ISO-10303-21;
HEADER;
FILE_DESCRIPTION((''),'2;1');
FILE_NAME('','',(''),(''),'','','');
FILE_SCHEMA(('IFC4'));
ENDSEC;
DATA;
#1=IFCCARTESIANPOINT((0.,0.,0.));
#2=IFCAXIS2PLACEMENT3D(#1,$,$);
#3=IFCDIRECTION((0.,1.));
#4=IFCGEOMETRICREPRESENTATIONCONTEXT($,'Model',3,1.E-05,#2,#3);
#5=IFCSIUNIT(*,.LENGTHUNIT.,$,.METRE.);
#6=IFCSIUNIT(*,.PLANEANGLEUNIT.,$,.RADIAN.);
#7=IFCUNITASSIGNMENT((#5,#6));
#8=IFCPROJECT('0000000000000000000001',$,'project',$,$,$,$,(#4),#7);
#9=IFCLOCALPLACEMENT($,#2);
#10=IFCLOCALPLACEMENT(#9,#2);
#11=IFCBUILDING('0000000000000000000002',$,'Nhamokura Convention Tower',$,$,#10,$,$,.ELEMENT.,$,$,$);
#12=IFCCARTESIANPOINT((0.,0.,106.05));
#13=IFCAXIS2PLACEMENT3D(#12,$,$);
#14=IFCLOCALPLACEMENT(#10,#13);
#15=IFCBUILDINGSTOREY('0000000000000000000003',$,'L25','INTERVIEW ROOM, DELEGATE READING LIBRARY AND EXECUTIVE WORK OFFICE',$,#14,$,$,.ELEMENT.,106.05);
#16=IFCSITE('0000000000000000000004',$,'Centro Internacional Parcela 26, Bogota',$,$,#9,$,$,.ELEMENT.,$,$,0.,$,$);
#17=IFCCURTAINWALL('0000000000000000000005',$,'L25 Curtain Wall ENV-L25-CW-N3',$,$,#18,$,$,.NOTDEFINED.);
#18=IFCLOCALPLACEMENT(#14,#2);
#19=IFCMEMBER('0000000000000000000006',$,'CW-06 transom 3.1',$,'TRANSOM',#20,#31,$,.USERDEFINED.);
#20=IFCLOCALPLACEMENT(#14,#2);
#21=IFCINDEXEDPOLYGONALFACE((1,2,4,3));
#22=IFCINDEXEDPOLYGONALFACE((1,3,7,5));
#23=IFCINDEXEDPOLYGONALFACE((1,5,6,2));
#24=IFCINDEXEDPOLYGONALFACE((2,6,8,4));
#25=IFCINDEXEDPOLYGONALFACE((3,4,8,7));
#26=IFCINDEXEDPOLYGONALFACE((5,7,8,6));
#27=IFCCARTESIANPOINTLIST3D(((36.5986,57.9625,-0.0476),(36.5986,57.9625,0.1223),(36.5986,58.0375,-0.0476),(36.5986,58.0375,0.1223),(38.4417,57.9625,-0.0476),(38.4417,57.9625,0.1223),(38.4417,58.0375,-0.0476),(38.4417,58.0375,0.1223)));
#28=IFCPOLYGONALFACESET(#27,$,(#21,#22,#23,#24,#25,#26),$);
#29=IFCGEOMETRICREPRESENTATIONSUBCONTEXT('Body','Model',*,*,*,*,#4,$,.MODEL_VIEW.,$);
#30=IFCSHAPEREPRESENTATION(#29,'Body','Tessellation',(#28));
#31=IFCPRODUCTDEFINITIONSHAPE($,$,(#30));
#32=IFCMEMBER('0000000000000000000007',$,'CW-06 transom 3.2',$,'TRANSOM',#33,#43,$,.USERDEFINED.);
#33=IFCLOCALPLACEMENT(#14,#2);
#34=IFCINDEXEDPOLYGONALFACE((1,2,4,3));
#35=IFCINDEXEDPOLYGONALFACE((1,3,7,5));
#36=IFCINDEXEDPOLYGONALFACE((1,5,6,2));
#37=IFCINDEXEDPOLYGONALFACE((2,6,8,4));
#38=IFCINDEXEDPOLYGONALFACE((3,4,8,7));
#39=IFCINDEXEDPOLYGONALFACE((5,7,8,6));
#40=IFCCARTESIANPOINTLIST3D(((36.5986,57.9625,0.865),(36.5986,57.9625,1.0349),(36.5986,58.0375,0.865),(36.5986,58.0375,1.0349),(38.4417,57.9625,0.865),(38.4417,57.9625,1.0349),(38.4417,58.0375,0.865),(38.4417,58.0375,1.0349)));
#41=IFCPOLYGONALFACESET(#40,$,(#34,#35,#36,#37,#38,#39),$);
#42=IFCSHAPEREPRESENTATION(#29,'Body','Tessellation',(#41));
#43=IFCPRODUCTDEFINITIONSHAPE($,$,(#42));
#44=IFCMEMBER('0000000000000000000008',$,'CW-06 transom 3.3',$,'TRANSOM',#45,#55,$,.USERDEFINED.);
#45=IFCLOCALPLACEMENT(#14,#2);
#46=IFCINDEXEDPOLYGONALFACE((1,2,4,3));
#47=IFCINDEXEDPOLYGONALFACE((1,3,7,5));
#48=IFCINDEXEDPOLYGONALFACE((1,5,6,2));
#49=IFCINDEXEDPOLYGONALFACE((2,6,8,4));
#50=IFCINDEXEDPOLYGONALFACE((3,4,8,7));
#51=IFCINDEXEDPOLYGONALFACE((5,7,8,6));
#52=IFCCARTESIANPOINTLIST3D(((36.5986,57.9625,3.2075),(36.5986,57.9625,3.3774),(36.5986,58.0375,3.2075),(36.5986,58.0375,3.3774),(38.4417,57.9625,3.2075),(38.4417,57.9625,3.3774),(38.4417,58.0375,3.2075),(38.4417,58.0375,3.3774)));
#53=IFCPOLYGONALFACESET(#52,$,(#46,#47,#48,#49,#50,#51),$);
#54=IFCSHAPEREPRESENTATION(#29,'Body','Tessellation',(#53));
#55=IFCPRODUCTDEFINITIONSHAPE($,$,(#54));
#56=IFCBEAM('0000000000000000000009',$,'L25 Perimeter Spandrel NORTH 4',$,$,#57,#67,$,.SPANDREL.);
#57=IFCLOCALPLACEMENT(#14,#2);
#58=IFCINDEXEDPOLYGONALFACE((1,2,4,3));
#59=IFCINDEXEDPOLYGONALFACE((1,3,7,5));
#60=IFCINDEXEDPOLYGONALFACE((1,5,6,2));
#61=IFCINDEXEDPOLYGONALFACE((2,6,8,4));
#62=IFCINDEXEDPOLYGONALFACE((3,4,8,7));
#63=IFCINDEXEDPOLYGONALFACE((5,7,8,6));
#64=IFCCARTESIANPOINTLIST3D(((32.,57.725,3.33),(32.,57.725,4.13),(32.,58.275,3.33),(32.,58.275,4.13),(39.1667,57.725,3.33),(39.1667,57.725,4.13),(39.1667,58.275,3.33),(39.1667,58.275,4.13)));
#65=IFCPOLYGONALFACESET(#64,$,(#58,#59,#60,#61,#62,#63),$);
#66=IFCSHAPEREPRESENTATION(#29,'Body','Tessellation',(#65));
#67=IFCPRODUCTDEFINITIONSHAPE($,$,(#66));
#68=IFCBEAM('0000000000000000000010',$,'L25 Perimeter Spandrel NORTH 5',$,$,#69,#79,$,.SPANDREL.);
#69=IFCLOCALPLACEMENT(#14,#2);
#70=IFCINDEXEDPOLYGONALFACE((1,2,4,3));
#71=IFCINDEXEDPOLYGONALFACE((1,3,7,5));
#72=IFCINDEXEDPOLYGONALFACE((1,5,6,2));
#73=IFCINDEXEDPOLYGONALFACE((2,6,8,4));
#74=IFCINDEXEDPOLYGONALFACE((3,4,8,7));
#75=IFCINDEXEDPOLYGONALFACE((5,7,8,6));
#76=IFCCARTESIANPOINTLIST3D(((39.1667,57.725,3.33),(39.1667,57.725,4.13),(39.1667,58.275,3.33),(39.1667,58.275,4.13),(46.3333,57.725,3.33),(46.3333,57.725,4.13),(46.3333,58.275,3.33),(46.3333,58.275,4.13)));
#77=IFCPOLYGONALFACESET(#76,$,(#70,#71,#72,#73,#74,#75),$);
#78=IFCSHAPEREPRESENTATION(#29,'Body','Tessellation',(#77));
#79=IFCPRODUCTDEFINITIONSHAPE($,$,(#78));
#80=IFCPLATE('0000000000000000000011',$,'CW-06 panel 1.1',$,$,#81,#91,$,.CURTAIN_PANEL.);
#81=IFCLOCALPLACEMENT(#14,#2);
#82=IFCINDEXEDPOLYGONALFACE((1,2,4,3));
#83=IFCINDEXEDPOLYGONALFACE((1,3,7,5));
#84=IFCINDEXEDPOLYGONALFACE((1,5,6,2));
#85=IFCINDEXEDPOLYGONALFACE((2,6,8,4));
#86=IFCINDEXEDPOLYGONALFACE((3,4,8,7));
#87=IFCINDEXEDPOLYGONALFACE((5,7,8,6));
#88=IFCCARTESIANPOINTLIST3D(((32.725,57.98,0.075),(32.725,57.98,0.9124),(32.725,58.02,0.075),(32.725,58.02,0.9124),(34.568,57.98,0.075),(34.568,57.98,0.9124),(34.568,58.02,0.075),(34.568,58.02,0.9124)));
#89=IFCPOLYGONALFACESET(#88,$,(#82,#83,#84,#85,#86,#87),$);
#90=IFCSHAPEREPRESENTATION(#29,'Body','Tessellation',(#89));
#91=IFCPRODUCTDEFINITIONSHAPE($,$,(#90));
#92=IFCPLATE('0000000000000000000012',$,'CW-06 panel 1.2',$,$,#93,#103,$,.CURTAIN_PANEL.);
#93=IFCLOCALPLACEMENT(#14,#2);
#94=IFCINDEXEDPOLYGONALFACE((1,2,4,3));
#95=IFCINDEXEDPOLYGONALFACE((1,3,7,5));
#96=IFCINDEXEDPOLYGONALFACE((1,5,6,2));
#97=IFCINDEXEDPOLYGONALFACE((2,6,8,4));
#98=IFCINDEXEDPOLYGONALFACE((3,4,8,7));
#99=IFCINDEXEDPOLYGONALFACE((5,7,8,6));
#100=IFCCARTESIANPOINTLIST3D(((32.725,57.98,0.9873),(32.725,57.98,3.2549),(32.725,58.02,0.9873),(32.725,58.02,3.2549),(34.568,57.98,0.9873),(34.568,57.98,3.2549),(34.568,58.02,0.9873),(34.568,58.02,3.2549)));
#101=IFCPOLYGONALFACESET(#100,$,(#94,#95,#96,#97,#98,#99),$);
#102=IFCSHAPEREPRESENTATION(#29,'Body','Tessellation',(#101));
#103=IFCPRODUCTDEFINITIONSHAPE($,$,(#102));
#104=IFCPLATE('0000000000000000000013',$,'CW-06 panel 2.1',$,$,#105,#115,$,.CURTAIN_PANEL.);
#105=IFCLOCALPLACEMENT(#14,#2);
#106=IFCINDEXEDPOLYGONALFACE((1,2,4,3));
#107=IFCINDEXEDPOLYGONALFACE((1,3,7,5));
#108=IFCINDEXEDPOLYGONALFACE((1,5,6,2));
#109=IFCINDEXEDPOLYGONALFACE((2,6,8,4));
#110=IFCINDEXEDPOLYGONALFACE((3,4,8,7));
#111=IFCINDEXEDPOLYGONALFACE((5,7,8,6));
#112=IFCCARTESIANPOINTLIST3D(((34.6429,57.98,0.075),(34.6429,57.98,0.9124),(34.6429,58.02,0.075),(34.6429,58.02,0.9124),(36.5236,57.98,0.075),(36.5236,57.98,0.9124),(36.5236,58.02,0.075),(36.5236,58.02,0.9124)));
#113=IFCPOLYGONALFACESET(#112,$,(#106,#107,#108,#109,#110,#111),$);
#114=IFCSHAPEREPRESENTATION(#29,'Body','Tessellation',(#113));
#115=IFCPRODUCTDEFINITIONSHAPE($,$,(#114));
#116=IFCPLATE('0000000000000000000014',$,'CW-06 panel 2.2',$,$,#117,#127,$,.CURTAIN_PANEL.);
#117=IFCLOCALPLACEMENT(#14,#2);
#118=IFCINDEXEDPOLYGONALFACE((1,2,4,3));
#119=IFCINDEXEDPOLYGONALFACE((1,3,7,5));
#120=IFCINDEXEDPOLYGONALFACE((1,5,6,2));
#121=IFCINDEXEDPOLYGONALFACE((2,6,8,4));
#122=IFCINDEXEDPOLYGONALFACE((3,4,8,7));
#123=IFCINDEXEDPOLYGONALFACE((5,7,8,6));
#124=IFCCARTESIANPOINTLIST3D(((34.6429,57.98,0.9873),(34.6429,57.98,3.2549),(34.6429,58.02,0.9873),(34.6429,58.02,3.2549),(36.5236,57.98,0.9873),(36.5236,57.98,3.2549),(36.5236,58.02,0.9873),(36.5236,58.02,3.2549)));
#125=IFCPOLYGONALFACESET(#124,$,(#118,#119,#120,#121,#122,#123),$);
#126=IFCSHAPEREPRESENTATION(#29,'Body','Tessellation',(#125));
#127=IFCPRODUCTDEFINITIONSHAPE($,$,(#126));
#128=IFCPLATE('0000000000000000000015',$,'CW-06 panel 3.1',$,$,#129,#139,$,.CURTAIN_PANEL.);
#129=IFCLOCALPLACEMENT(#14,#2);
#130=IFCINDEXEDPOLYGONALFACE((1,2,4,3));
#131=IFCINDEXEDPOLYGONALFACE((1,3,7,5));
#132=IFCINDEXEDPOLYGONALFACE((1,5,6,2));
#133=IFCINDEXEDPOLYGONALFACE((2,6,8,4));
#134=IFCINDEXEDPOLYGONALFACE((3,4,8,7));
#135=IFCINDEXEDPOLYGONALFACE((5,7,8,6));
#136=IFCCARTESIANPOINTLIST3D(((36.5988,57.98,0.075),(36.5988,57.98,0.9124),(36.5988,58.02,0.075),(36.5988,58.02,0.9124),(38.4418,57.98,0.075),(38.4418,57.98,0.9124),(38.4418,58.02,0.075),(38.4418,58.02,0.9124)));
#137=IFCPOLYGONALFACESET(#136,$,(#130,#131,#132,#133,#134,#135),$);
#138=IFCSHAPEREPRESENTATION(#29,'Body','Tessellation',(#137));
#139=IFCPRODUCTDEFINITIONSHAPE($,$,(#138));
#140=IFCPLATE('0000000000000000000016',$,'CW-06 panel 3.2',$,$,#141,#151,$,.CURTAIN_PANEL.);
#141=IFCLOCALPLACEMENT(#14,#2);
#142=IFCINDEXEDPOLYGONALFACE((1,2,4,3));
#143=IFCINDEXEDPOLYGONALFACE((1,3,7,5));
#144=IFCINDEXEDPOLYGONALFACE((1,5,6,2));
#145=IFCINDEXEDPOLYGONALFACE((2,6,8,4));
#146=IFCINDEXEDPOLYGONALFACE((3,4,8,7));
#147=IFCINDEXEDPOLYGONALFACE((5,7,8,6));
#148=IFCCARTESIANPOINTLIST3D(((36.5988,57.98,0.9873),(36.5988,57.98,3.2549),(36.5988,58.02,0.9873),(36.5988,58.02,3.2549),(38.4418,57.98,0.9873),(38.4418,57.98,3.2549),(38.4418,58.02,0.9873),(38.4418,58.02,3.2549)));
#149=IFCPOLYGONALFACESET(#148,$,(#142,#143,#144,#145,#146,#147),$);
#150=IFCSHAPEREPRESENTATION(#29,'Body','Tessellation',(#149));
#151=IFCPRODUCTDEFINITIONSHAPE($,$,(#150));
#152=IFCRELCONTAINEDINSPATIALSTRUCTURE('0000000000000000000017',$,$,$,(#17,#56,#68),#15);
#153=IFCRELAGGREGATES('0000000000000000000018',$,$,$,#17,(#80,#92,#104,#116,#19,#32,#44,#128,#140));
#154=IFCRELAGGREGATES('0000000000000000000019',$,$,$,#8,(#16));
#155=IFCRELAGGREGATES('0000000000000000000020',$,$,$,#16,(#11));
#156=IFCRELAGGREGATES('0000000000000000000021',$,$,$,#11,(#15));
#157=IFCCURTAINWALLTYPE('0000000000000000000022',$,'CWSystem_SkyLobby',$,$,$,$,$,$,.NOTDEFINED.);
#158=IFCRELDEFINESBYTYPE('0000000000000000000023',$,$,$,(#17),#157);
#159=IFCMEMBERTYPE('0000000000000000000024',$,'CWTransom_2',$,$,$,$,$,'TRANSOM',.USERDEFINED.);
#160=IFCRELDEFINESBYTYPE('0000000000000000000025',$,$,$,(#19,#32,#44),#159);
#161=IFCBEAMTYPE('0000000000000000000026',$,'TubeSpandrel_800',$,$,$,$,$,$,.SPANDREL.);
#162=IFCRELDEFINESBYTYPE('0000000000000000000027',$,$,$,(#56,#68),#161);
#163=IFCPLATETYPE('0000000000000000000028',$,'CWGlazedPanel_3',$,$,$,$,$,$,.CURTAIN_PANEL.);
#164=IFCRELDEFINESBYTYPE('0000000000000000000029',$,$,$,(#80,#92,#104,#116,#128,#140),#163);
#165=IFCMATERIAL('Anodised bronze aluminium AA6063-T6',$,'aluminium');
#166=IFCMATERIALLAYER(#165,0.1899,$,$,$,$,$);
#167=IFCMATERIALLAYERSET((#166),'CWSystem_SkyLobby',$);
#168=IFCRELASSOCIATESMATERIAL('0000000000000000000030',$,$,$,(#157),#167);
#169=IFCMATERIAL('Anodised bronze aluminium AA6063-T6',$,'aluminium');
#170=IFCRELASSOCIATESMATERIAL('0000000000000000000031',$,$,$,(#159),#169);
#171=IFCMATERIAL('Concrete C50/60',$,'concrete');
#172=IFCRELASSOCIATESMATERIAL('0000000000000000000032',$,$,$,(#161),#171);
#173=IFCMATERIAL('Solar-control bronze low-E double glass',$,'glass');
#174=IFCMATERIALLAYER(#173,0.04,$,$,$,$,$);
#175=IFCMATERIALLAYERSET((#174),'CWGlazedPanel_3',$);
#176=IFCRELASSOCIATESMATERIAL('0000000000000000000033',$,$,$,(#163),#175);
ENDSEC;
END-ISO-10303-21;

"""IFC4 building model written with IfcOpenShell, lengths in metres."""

from ifc_helpers import new_model, si_unit, direction, frame, origin, origin_2d, place, context, subcontext, project, spatial, rectangle, extrude, material, layer, layer_set, material_profile, profile_set, type_object, element, aggregate, save


model = new_model("IFC4")

# Units and contexts
model_context = context("Model", 3, precision=1e-05, world=origin(), true_north=direction((0.0, 1.0)))
body_context = subcontext(model_context, "Body", "Model", "MODEL_VIEW")
ifc_project = project(units=[si_unit("LENGTHUNIT", "METRE"), si_unit("PLANEANGLEUNIT", "RADIAN")], contexts=[model_context])

# Site, building, storey
site_placement = place(None, origin())
site = spatial("IfcSite", under=ifc_project, at=site_placement, Name="Centro Internacional Parcela 26, Bogota", CompositionType="ELEMENT", RefElevation=0.0)
building_placement = place(site_placement, origin())
building = spatial("IfcBuilding", under=site, at=building_placement, Name="Nhamokura Convention Tower", CompositionType="ELEMENT")
storey_placement = place(building_placement, frame((0.0, 0.0, 106.05)))
storey = spatial("IfcBuildingStorey", under=building, at=storey_placement, Name="L25", Description="INTERVIEW ROOM, DELEGATE READING LIBRARY AND EXECUTIVE WORK OFFICE", CompositionType="ELEMENT", Elevation=106.05)

# Shared definitions
ifc_material_1 = material(Name="Anodised bronze aluminium AA6063-T6", Category="aluminium")
ifc_layer_1 = layer(ifc_material_1, 0.1899)
ifc_layer_set_1 = layer_set([ifc_layer_1], Name="CWSystem_SkyLobby")
curtain_wall_type = type_object("IfcCurtainWallType", Name="CWSystem_SkyLobby", PredefinedType="NOTDEFINED", material=ifc_layer_set_1)

# Curtain wall, members
curtain_wall_1_placement = place(storey_placement, origin())
curtain_wall_1 = element("IfcCurtainWall", 1, at=curtain_wall_1_placement, inside=storey, type_object=curtain_wall_type, Name="L25 Curtain Wall ENV-L25-CW-N3", PredefinedType="NOTDEFINED")
ifc_material_2 = material(Name="Anodised bronze aluminium AA6063-T6", Category="aluminium")
ifc_material_profile_1 = material_profile(ifc_material_2, rectangle(XDim=0.075, YDim=0.1699, at=origin_2d()))
ifc_profile_set_1 = profile_set([ifc_material_profile_1], Name="Anodised bronze aluminium AA6063-T6")
member_type_1 = type_object("IfcMemberType", Name="CWTransom_2", ElementType="TRANSOM", PredefinedType="USERDEFINED", material=ifc_profile_set_1)
member_1_placement = place(storey_placement, frame((36.5986, 58.0, 0.0374), z_axis=(1.0, 0.0, 0.0), x_axis=(0.0, 1.0, 0.0)))
member_1 = element("IfcMember", 2, at=member_1_placement, type_object=member_type_1, Name="CW-06 transom 3.1", ObjectType="TRANSOM", PredefinedType="USERDEFINED", context=body_context, shape_type="SweptSolid", body=[
    extrude(rectangle(XDim=0.075, YDim=0.1699, at=origin_2d()), origin(), (0.0, 0.0, 1.0), 1.843),
])
member_2_placement = place(storey_placement, frame((36.5986, 58.0, 0.95), z_axis=(1.0, 0.0, 0.0), x_axis=(0.0, 1.0, 0.0)))
member_2 = element("IfcMember", 3, at=member_2_placement, type_object=member_type_1, Name="CW-06 transom 3.2", ObjectType="TRANSOM", PredefinedType="USERDEFINED", context=body_context, shape_type="SweptSolid", body=[
    extrude(rectangle(XDim=0.075, YDim=0.1699, at=origin_2d()), origin(), (0.0, 0.0, 1.0), 1.843),
])
member_3_placement = place(storey_placement, frame((36.5986, 58.0, 3.2925), z_axis=(1.0, 0.0, 0.0), x_axis=(0.0, 1.0, 0.0)))
member_3 = element("IfcMember", 4, at=member_3_placement, type_object=member_type_1, Name="CW-06 transom 3.3", ObjectType="TRANSOM", PredefinedType="USERDEFINED", context=body_context, shape_type="SweptSolid", body=[
    extrude(rectangle(XDim=0.075, YDim=0.1699, at=origin_2d()), origin(), (0.0, 0.0, 1.0), 1.843),
])

# Beams
ifc_material_3 = material(Name="Concrete C50/60", Category="concrete")
ifc_material_profile_2 = material_profile(ifc_material_3, rectangle(XDim=0.55, YDim=0.8, at=origin_2d()))
ifc_profile_set_2 = profile_set([ifc_material_profile_2], Name="Concrete C50/60")
beam_type = type_object("IfcBeamType", Name="TubeSpandrel_800", PredefinedType="SPANDREL", material=ifc_profile_set_2)
beam_1_placement = place(storey_placement, frame((32.0, 58.0, 3.73), z_axis=(1.0, 0.0, 0.0), x_axis=(0.0, 1.0, 0.0)))
element("IfcBeam", 5, at=beam_1_placement, inside=storey, type_object=beam_type, Name="L25 Perimeter Spandrel NORTH 4", PredefinedType="SPANDREL", context=body_context, shape_type="SweptSolid", body=[
    extrude(rectangle(XDim=0.55, YDim=0.8, at=origin_2d()), origin(), (0.0, 0.0, 1.0), 7.1667),
])
beam_2_placement = place(storey_placement, frame((39.1667, 58.0, 3.73), z_axis=(1.0, 0.0, 0.0), x_axis=(0.0, 1.0, 0.0)))
element("IfcBeam", 6, at=beam_2_placement, inside=storey, type_object=beam_type, Name="L25 Perimeter Spandrel NORTH 5", PredefinedType="SPANDREL", context=body_context, shape_type="SweptSolid", body=[
    extrude(rectangle(XDim=0.55, YDim=0.8, at=origin_2d()), origin(), (0.0, 0.0, 1.0), 7.1665),
])

# Plates
ifc_material_4 = material(Name="Solar-control bronze low-E double glass", Category="glass")
ifc_layer_2 = layer(ifc_material_4, 0.04)
ifc_layer_set_2 = layer_set([ifc_layer_2], Name="CWGlazedPanel_3")
plate_type = type_object("IfcPlateType", Name="CWGlazedPanel_3", PredefinedType="CURTAIN_PANEL", material=ifc_layer_set_2)
plate_1_placement = place(storey_placement, frame((33.6465, 58.0, 0.075), z_axis=(0.0, 0.0, 1.0), x_axis=(1.0, 0.0, 0.0)))
plate_1 = element("IfcPlate", 7, at=plate_1_placement, type_object=plate_type, Name="CW-06 panel 1.1", PredefinedType="CURTAIN_PANEL", context=body_context, shape_type="SweptSolid", body=[
    extrude(rectangle(XDim=1.843, YDim=0.04, at=origin_2d()), origin(), (0.0, 0.0, 1.0), 0.8374),
])
plate_2_placement = place(storey_placement, frame((33.6465, 58.0, 0.9873), z_axis=(0.0, 0.0, 1.0), x_axis=(1.0, 0.0, 0.0)))
plate_2 = element("IfcPlate", 8, at=plate_2_placement, type_object=plate_type, Name="CW-06 panel 1.2", PredefinedType="CURTAIN_PANEL", context=body_context, shape_type="SweptSolid", body=[
    extrude(rectangle(XDim=1.843, YDim=0.04, at=origin_2d()), origin(), (0.0, 0.0, 1.0), 2.2676),
])
plate_3_placement = place(storey_placement, frame((35.5833, 58.0, 0.075), z_axis=(0.0, 0.0, 1.0), x_axis=(1.0, 0.0, 0.0)))
plate_3 = element("IfcPlate", 9, at=plate_3_placement, type_object=plate_type, Name="CW-06 panel 2.1", PredefinedType="CURTAIN_PANEL", context=body_context, shape_type="SweptSolid", body=[
    extrude(rectangle(XDim=1.8806, YDim=0.04, at=origin_2d()), origin(), (0.0, 0.0, 1.0), 0.8374),
])
plate_4_placement = place(storey_placement, frame((35.5833, 58.0, 0.9873), z_axis=(0.0, 0.0, 1.0), x_axis=(1.0, 0.0, 0.0)))
plate_4 = element("IfcPlate", 10, at=plate_4_placement, type_object=plate_type, Name="CW-06 panel 2.2", PredefinedType="CURTAIN_PANEL", context=body_context, shape_type="SweptSolid", body=[
    extrude(rectangle(XDim=1.8806, YDim=0.04, at=origin_2d()), origin(), (0.0, 0.0, 1.0), 2.2676),
])
plate_5_placement = place(storey_placement, frame((37.5203, 58.0, 0.075), z_axis=(0.0, 0.0, 1.0), x_axis=(1.0, 0.0, 0.0)))
plate_5 = element("IfcPlate", 11, at=plate_5_placement, type_object=plate_type, Name="CW-06 panel 3.1", PredefinedType="CURTAIN_PANEL", context=body_context, shape_type="SweptSolid", body=[
    extrude(rectangle(XDim=1.843, YDim=0.04, at=origin_2d()), origin(), (0.0, 0.0, 1.0), 0.8374),
])
plate_6_placement = place(storey_placement, frame((37.5203, 58.0, 0.9873), z_axis=(0.0, 0.0, 1.0), x_axis=(1.0, 0.0, 0.0)))
plate_6 = element("IfcPlate", 12, at=plate_6_placement, type_object=plate_type, Name="CW-06 panel 3.2", PredefinedType="CURTAIN_PANEL", context=body_context, shape_type="SweptSolid", body=[
    extrude(rectangle(XDim=1.843, YDim=0.04, at=origin_2d()), origin(), (0.0, 0.0, 1.0), 2.2676),
])
aggregate(curtain_wall_1, [plate_1, plate_2, plate_3, plate_4, member_1, member_2, member_3, plate_5, plate_6])

save(model, "model.ifc")
